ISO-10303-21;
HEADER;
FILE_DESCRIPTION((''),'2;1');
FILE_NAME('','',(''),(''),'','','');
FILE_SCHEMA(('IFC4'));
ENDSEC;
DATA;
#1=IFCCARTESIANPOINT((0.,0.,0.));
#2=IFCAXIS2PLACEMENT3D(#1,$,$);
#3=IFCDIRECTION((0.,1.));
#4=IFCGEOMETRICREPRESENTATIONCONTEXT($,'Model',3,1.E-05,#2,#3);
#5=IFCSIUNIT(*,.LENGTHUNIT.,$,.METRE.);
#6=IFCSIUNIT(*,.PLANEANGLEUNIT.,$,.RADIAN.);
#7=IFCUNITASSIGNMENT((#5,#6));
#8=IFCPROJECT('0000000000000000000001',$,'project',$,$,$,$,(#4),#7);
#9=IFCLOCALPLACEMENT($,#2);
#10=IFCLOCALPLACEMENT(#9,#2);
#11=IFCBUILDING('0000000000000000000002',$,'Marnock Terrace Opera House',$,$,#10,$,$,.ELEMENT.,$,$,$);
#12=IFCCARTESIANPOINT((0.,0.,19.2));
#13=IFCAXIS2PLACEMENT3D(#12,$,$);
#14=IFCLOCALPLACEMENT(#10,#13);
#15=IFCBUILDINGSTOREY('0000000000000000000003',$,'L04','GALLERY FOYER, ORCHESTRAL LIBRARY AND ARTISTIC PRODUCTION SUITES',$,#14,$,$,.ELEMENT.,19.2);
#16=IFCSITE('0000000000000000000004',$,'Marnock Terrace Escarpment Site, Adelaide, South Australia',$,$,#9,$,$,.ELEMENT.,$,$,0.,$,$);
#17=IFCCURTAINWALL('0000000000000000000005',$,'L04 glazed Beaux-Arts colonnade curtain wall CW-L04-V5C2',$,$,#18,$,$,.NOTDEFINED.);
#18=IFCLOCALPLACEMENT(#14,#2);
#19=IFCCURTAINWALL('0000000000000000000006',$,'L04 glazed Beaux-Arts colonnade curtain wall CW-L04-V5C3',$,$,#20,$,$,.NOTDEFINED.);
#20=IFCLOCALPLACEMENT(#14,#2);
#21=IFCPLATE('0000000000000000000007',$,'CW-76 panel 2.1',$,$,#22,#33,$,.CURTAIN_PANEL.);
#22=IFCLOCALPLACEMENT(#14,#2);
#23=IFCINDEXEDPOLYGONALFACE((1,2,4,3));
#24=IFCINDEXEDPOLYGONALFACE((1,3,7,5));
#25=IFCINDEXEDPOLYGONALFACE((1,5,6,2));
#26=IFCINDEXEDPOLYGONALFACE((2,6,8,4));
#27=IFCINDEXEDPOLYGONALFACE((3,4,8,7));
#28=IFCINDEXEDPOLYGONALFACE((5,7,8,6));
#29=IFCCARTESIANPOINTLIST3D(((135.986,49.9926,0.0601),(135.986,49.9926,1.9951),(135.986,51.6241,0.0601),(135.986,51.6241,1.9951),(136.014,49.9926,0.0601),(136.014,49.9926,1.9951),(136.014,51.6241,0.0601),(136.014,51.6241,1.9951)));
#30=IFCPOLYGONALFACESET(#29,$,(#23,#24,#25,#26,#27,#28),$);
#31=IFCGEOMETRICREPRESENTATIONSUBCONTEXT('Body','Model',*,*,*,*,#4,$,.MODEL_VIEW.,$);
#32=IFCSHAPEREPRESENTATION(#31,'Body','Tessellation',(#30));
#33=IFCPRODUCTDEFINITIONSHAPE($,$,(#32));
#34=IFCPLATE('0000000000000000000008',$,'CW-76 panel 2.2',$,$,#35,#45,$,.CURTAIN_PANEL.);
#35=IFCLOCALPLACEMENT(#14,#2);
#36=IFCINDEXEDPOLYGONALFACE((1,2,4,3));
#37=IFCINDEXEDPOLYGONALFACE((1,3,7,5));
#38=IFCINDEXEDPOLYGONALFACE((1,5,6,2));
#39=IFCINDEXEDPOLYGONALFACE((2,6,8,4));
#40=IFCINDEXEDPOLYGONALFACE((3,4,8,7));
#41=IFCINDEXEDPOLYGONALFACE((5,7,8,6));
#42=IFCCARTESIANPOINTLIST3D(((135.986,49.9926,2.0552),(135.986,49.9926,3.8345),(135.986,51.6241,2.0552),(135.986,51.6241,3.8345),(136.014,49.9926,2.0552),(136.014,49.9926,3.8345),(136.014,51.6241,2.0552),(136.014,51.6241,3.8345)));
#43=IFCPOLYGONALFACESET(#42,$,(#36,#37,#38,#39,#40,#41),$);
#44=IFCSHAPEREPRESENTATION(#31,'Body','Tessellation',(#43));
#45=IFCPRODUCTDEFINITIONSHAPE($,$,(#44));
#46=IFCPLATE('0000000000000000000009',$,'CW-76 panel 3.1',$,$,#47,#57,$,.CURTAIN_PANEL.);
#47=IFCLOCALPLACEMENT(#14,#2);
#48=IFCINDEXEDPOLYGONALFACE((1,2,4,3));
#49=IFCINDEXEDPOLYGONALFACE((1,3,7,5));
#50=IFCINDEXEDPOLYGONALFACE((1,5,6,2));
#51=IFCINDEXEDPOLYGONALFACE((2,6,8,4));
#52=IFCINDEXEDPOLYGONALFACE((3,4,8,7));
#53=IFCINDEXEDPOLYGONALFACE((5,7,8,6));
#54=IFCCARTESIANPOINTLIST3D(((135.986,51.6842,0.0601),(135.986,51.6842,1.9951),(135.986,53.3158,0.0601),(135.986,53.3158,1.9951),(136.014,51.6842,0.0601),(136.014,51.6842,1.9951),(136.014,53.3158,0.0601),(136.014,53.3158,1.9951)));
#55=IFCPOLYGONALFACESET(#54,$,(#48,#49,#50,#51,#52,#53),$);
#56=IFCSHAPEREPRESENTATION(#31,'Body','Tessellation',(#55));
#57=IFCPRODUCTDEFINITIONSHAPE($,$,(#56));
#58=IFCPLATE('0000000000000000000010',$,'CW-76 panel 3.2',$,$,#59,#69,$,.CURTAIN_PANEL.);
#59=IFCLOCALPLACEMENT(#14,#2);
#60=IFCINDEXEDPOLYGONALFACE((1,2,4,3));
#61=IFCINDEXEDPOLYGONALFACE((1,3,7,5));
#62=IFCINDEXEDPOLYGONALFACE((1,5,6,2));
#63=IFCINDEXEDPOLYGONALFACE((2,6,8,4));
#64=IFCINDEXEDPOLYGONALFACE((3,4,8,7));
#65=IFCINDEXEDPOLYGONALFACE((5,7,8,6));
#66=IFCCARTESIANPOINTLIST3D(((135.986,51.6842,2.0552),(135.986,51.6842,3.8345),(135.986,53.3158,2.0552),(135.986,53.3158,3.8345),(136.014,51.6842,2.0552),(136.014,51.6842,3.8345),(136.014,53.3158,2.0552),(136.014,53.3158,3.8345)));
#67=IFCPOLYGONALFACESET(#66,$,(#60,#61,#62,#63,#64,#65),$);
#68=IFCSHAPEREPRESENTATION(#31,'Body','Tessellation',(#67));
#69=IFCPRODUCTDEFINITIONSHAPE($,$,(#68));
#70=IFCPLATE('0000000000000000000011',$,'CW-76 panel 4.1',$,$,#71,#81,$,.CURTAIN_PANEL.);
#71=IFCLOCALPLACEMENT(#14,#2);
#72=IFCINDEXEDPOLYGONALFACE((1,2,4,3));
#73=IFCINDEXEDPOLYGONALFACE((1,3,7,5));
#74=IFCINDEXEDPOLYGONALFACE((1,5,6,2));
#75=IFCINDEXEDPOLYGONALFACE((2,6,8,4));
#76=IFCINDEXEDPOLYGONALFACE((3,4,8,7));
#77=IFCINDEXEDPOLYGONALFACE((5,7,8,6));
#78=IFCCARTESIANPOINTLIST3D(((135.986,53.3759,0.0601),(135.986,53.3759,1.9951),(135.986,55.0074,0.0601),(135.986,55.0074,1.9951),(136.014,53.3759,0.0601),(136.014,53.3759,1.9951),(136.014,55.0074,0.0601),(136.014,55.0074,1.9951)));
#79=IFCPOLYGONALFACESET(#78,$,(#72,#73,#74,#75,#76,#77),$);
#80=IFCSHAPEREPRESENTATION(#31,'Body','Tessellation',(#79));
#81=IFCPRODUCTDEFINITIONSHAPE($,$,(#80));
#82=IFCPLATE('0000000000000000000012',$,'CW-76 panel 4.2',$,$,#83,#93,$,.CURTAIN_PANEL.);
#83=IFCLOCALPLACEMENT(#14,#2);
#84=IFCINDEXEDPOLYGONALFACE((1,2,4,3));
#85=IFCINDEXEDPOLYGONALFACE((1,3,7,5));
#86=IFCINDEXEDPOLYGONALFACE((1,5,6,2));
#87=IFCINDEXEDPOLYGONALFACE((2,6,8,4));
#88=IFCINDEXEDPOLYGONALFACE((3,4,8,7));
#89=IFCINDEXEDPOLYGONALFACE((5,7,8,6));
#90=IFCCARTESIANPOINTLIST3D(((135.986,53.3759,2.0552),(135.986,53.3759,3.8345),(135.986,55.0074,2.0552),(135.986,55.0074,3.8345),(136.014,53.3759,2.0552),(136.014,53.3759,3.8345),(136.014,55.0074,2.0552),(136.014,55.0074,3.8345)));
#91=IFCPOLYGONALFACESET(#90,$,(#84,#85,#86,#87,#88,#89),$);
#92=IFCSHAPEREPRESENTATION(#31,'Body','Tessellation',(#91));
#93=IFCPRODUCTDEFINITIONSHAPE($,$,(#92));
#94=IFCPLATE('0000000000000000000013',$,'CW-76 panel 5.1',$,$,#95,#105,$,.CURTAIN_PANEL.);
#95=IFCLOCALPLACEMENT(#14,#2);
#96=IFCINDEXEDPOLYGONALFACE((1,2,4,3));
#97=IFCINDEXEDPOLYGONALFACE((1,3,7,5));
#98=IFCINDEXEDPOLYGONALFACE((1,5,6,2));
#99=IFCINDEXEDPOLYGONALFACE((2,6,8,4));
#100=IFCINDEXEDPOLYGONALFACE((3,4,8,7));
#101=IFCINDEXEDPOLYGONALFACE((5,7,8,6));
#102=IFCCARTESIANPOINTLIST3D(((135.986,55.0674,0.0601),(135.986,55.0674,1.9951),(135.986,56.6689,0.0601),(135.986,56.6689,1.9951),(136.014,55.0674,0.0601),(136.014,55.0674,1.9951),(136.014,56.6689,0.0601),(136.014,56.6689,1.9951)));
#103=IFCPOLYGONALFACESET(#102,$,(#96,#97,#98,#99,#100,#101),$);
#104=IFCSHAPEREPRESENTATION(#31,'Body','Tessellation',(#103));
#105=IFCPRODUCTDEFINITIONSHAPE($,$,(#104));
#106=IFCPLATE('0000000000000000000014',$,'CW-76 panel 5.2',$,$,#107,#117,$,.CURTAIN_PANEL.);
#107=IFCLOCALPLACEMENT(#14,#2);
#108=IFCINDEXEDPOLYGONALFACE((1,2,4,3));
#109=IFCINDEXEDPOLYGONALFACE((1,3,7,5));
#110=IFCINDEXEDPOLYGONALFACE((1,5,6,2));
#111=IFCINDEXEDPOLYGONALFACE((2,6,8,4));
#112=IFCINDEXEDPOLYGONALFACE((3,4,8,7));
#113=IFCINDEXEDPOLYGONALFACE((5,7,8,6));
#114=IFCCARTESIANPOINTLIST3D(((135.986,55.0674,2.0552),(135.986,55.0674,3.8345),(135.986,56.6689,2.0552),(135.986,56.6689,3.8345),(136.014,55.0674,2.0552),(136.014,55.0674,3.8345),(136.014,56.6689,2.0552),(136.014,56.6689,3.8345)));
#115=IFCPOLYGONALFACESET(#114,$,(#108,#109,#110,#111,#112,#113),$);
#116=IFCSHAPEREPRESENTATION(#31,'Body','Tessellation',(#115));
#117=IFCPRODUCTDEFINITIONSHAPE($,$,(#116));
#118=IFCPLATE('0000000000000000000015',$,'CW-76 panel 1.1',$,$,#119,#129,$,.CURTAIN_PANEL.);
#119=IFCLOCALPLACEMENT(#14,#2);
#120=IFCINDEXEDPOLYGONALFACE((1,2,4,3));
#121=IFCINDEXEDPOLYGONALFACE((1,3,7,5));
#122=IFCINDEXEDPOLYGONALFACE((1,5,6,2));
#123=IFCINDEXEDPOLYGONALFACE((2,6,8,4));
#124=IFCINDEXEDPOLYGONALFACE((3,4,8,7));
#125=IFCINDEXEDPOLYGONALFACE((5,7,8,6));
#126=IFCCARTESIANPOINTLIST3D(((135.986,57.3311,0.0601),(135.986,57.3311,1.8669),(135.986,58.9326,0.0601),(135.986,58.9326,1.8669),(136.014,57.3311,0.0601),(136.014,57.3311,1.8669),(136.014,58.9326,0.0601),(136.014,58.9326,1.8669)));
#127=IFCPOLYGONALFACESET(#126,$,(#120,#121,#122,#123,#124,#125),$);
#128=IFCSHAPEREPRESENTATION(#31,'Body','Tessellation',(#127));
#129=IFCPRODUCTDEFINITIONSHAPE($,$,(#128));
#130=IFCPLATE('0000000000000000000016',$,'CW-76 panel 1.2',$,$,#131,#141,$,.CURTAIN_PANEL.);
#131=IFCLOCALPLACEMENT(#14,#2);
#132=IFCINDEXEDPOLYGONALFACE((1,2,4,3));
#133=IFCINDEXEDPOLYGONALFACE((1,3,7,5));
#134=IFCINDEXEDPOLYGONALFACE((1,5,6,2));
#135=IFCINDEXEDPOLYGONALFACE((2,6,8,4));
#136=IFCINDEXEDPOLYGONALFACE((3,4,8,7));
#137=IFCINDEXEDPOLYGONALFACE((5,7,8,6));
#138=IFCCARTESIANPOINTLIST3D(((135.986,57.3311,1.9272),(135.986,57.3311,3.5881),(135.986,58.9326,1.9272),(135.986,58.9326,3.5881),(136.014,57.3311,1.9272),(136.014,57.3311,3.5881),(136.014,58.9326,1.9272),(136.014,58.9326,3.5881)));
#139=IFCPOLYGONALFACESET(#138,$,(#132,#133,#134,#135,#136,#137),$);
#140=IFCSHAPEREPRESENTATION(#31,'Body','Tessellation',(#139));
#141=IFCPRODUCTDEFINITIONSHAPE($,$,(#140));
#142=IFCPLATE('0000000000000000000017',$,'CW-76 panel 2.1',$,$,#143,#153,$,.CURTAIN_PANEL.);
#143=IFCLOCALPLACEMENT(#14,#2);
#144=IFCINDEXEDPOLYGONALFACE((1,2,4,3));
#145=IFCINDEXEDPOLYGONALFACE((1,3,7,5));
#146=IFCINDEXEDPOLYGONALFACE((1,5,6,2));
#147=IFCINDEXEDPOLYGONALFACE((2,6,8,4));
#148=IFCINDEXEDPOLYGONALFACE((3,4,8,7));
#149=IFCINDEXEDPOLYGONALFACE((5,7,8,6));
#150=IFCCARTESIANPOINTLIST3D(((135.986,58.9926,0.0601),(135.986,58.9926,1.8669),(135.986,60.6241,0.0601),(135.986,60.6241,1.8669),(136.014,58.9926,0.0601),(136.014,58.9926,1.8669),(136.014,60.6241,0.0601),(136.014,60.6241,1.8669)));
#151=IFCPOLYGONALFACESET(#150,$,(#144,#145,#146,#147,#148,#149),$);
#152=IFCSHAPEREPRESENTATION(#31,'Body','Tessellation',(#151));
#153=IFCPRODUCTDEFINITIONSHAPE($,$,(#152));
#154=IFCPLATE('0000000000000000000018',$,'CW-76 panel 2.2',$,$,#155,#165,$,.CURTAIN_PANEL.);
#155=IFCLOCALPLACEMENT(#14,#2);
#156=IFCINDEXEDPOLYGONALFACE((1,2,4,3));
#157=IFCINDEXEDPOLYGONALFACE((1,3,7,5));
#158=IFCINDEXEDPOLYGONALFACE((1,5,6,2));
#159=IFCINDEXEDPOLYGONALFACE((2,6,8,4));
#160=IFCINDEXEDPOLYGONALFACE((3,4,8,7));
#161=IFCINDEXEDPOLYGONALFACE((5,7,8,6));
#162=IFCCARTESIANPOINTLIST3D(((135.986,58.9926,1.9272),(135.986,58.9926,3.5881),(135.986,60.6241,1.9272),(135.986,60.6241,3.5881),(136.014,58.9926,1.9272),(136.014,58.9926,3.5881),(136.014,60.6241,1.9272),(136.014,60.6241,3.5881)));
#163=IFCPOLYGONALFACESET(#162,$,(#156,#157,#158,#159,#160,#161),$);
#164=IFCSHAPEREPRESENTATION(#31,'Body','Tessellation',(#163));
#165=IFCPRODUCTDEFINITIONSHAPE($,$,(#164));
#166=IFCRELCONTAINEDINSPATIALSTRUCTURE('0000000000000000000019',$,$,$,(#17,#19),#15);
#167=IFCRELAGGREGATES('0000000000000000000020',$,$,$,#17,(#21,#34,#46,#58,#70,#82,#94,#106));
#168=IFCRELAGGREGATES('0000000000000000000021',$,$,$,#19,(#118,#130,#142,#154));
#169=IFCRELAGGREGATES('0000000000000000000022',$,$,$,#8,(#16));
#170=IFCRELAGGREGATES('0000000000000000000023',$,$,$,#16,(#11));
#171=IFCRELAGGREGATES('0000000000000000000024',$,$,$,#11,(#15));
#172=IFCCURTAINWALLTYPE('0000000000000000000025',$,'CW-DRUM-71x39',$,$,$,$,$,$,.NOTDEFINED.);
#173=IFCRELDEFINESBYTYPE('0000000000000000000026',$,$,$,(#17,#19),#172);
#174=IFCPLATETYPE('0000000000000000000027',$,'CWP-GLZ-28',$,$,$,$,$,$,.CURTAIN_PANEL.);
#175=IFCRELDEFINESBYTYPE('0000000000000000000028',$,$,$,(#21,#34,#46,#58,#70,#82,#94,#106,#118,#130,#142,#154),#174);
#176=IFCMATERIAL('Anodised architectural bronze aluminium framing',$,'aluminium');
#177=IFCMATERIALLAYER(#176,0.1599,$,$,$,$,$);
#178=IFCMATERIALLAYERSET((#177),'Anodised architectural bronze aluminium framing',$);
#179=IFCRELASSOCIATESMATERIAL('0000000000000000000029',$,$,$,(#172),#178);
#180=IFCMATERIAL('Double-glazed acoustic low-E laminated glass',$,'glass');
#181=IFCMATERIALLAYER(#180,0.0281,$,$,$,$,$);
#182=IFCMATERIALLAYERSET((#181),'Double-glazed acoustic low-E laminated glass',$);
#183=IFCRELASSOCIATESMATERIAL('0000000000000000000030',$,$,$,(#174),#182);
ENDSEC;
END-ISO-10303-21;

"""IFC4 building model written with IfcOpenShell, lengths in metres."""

from ifc_helpers import new_model, si_unit, direction, frame, origin, origin_2d, place, context, subcontext, project, spatial, rectangle, extrude, material, layer, layer_set, type_object, element, aggregate, save


model = new_model("IFC4")

# Units and contexts
model_context = context("Model", 3, precision=1e-05, world=origin(), true_north=direction((0.0, 1.0)))
body_context = subcontext(model_context, "Body", "Model", "MODEL_VIEW")
ifc_project = project(units=[si_unit("LENGTHUNIT", "METRE"), si_unit("PLANEANGLEUNIT", "RADIAN")], contexts=[model_context])

# Site, building, storey
site_placement = place(None, origin())
site = spatial("IfcSite", under=ifc_project, at=site_placement, Name="Marnock Terrace Escarpment Site, Adelaide, South Australia", CompositionType="ELEMENT", RefElevation=0.0)
building_placement = place(site_placement, origin())
building = spatial("IfcBuilding", under=site, at=building_placement, Name="Marnock Terrace Opera House", CompositionType="ELEMENT")
storey_placement = place(building_placement, frame((0.0, 0.0, 19.2)))
storey = spatial("IfcBuildingStorey", under=building, at=storey_placement, Name="L04", Description="GALLERY FOYER, ORCHESTRAL LIBRARY AND ARTISTIC PRODUCTION SUITES", CompositionType="ELEMENT", Elevation=19.2)

# Curtain walls
ifc_material_1 = material(Name="Anodised architectural bronze aluminium framing", Category="aluminium")
ifc_layer_1 = layer(ifc_material_1, 0.1599)
ifc_layer_set_1 = layer_set([ifc_layer_1], Name="Anodised architectural bronze aluminium framing")
curtain_wall_type = type_object("IfcCurtainWallType", Name="CW-DRUM-71x39", PredefinedType="NOTDEFINED", material=ifc_layer_set_1)
curtain_wall_1_placement = place(storey_placement, origin())
curtain_wall_1 = element("IfcCurtainWall", 1, at=curtain_wall_1_placement, inside=storey, type_object=curtain_wall_type, Name="L04 glazed Beaux-Arts colonnade curtain wall CW-L04-V5C2", PredefinedType="NOTDEFINED")
curtain_wall_2_placement = place(storey_placement, origin())
curtain_wall_2 = element("IfcCurtainWall", 2, at=curtain_wall_2_placement, inside=storey, type_object=curtain_wall_type, Name="L04 glazed Beaux-Arts colonnade curtain wall CW-L04-V5C3", PredefinedType="NOTDEFINED")

# Plates
ifc_material_2 = material(Name="Double-glazed acoustic low-E laminated glass", Category="glass")
ifc_layer_2 = layer(ifc_material_2, 0.0281)
ifc_layer_set_2 = layer_set([ifc_layer_2], Name="Double-glazed acoustic low-E laminated glass")
plate_type = type_object("IfcPlateType", Name="CWP-GLZ-28", PredefinedType="CURTAIN_PANEL", material=ifc_layer_set_2)
plate_1_placement = place(storey_placement, frame((136.0, 50.8083, 0.0601), z_axis=(0.0, 0.0, 1.0), x_axis=(0.0, 1.0, 0.0)))
plate_1 = element("IfcPlate", 3, at=plate_1_placement, type_object=plate_type, Name="CW-76 panel 2.1", PredefinedType="CURTAIN_PANEL", context=body_context, shape_type="SweptSolid", body=[
    extrude(rectangle(XDim=1.6316, YDim=0.0281, at=origin_2d()), origin(), (0.0, 0.0, 1.0), 1.9351),
])
plate_2_placement = place(storey_placement, frame((136.0, 50.8083, 2.0552), z_axis=(0.0, 0.0, 1.0), x_axis=(0.0, 1.0, 0.0)))
plate_2 = element("IfcPlate", 4, at=plate_2_placement, type_object=plate_type, Name="CW-76 panel 2.2", PredefinedType="CURTAIN_PANEL", context=body_context, shape_type="SweptSolid", body=[
    extrude(rectangle(XDim=1.6316, YDim=0.0281, at=origin_2d()), origin(), (0.0, 0.0, 1.0), 1.7793),
])
plate_3_placement = place(storey_placement, frame((136.0, 52.5, 0.0601), z_axis=(0.0, 0.0, 1.0), x_axis=(0.0, 1.0, 0.0)))
plate_3 = element("IfcPlate", 5, at=plate_3_placement, type_object=plate_type, Name="CW-76 panel 3.1", PredefinedType="CURTAIN_PANEL", context=body_context, shape_type="SweptSolid", body=[
    extrude(rectangle(XDim=1.6316, YDim=0.0281, at=origin_2d()), origin(), (0.0, 0.0, 1.0), 1.9351),
])
plate_4_placement = place(storey_placement, frame((136.0, 52.5, 2.0552), z_axis=(0.0, 0.0, 1.0), x_axis=(0.0, 1.0, 0.0)))
plate_4 = element("IfcPlate", 6, at=plate_4_placement, type_object=plate_type, Name="CW-76 panel 3.2", PredefinedType="CURTAIN_PANEL", context=body_context, shape_type="SweptSolid", body=[
    extrude(rectangle(XDim=1.6316, YDim=0.0281, at=origin_2d()), origin(), (0.0, 0.0, 1.0), 1.7793),
])
plate_5_placement = place(storey_placement, frame((136.0, 54.1917, 0.0601), z_axis=(0.0, 0.0, 1.0), x_axis=(0.0, 1.0, 0.0)))
plate_5 = element("IfcPlate", 7, at=plate_5_placement, type_object=plate_type, Name="CW-76 panel 4.1", PredefinedType="CURTAIN_PANEL", context=body_context, shape_type="SweptSolid", body=[
    extrude(rectangle(XDim=1.6316, YDim=0.0281, at=origin_2d()), origin(), (0.0, 0.0, 1.0), 1.9351),
])
plate_6_placement = place(storey_placement, frame((136.0, 54.1917, 2.0552), z_axis=(0.0, 0.0, 1.0), x_axis=(0.0, 1.0, 0.0)))
plate_6 = element("IfcPlate", 8, at=plate_6_placement, type_object=plate_type, Name="CW-76 panel 4.2", PredefinedType="CURTAIN_PANEL", context=body_context, shape_type="SweptSolid", body=[
    extrude(rectangle(XDim=1.6316, YDim=0.0281, at=origin_2d()), origin(), (0.0, 0.0, 1.0), 1.7793),
])
plate_7_placement = place(storey_placement, frame((136.0, 55.8682, 0.0601), z_axis=(0.0, 0.0, 1.0), x_axis=(0.0, 1.0, 0.0)))
plate_7 = element("IfcPlate", 9, at=plate_7_placement, type_object=plate_type, Name="CW-76 panel 5.1", PredefinedType="CURTAIN_PANEL", context=body_context, shape_type="SweptSolid", body=[
    extrude(rectangle(XDim=1.6016, YDim=0.0281, at=origin_2d()), origin(), (0.0, 0.0, 1.0), 1.9351),
])
plate_8_placement = place(storey_placement, frame((136.0, 55.8682, 2.0552), z_axis=(0.0, 0.0, 1.0), x_axis=(0.0, 1.0, 0.0)))
plate_8 = element("IfcPlate", 10, at=plate_8_placement, type_object=plate_type, Name="CW-76 panel 5.2", PredefinedType="CURTAIN_PANEL", context=body_context, shape_type="SweptSolid", body=[
    extrude(rectangle(XDim=1.6016, YDim=0.0281, at=origin_2d()), origin(), (0.0, 0.0, 1.0), 1.7793),
])
aggregate(curtain_wall_1, [plate_1, plate_2, plate_3, plate_4, plate_5, plate_6, plate_7, plate_8])
plate_9_placement = place(storey_placement, frame((136.0, 58.1318, 0.0601), z_axis=(0.0, 0.0, 1.0), x_axis=(0.0, 1.0, 0.0)))
plate_9 = element("IfcPlate", 11, at=plate_9_placement, type_object=plate_type, Name="CW-76 panel 1.1", PredefinedType="CURTAIN_PANEL", context=body_context, shape_type="SweptSolid", body=[
    extrude(rectangle(XDim=1.6016, YDim=0.0281, at=origin_2d()), origin(), (0.0, 0.0, 1.0), 1.8069),
])
plate_10_placement = place(storey_placement, frame((136.0, 58.1318, 1.9272), z_axis=(0.0, 0.0, 1.0), x_axis=(0.0, 1.0, 0.0)))
plate_10 = element("IfcPlate", 12, at=plate_10_placement, type_object=plate_type, Name="CW-76 panel 1.2", PredefinedType="CURTAIN_PANEL", context=body_context, shape_type="SweptSolid", body=[
    extrude(rectangle(XDim=1.6016, YDim=0.0281, at=origin_2d()), origin(), (0.0, 0.0, 1.0), 1.6609),
])
plate_11_placement = place(storey_placement, frame((136.0, 59.8083, 0.0601), z_axis=(0.0, 0.0, 1.0), x_axis=(0.0, 1.0, 0.0)))
plate_11 = element("IfcPlate", 13, at=plate_11_placement, type_object=plate_type, Name="CW-76 panel 2.1", PredefinedType="CURTAIN_PANEL", context=body_context, shape_type="SweptSolid", body=[
    extrude(rectangle(XDim=1.6316, YDim=0.0281, at=origin_2d()), origin(), (0.0, 0.0, 1.0), 1.8069),
])
plate_12_placement = place(storey_placement, frame((136.0, 59.8083, 1.9272), z_axis=(0.0, 0.0, 1.0), x_axis=(0.0, 1.0, 0.0)))
plate_12 = element("IfcPlate", 14, at=plate_12_placement, type_object=plate_type, Name="CW-76 panel 2.2", PredefinedType="CURTAIN_PANEL", context=body_context, shape_type="SweptSolid", body=[
    extrude(rectangle(XDim=1.6316, YDim=0.0281, at=origin_2d()), origin(), (0.0, 0.0, 1.0), 1.6609),
])
aggregate(curtain_wall_2, [plate_9, plate_10, plate_11, plate_12])

save(model, "model.ifc")
